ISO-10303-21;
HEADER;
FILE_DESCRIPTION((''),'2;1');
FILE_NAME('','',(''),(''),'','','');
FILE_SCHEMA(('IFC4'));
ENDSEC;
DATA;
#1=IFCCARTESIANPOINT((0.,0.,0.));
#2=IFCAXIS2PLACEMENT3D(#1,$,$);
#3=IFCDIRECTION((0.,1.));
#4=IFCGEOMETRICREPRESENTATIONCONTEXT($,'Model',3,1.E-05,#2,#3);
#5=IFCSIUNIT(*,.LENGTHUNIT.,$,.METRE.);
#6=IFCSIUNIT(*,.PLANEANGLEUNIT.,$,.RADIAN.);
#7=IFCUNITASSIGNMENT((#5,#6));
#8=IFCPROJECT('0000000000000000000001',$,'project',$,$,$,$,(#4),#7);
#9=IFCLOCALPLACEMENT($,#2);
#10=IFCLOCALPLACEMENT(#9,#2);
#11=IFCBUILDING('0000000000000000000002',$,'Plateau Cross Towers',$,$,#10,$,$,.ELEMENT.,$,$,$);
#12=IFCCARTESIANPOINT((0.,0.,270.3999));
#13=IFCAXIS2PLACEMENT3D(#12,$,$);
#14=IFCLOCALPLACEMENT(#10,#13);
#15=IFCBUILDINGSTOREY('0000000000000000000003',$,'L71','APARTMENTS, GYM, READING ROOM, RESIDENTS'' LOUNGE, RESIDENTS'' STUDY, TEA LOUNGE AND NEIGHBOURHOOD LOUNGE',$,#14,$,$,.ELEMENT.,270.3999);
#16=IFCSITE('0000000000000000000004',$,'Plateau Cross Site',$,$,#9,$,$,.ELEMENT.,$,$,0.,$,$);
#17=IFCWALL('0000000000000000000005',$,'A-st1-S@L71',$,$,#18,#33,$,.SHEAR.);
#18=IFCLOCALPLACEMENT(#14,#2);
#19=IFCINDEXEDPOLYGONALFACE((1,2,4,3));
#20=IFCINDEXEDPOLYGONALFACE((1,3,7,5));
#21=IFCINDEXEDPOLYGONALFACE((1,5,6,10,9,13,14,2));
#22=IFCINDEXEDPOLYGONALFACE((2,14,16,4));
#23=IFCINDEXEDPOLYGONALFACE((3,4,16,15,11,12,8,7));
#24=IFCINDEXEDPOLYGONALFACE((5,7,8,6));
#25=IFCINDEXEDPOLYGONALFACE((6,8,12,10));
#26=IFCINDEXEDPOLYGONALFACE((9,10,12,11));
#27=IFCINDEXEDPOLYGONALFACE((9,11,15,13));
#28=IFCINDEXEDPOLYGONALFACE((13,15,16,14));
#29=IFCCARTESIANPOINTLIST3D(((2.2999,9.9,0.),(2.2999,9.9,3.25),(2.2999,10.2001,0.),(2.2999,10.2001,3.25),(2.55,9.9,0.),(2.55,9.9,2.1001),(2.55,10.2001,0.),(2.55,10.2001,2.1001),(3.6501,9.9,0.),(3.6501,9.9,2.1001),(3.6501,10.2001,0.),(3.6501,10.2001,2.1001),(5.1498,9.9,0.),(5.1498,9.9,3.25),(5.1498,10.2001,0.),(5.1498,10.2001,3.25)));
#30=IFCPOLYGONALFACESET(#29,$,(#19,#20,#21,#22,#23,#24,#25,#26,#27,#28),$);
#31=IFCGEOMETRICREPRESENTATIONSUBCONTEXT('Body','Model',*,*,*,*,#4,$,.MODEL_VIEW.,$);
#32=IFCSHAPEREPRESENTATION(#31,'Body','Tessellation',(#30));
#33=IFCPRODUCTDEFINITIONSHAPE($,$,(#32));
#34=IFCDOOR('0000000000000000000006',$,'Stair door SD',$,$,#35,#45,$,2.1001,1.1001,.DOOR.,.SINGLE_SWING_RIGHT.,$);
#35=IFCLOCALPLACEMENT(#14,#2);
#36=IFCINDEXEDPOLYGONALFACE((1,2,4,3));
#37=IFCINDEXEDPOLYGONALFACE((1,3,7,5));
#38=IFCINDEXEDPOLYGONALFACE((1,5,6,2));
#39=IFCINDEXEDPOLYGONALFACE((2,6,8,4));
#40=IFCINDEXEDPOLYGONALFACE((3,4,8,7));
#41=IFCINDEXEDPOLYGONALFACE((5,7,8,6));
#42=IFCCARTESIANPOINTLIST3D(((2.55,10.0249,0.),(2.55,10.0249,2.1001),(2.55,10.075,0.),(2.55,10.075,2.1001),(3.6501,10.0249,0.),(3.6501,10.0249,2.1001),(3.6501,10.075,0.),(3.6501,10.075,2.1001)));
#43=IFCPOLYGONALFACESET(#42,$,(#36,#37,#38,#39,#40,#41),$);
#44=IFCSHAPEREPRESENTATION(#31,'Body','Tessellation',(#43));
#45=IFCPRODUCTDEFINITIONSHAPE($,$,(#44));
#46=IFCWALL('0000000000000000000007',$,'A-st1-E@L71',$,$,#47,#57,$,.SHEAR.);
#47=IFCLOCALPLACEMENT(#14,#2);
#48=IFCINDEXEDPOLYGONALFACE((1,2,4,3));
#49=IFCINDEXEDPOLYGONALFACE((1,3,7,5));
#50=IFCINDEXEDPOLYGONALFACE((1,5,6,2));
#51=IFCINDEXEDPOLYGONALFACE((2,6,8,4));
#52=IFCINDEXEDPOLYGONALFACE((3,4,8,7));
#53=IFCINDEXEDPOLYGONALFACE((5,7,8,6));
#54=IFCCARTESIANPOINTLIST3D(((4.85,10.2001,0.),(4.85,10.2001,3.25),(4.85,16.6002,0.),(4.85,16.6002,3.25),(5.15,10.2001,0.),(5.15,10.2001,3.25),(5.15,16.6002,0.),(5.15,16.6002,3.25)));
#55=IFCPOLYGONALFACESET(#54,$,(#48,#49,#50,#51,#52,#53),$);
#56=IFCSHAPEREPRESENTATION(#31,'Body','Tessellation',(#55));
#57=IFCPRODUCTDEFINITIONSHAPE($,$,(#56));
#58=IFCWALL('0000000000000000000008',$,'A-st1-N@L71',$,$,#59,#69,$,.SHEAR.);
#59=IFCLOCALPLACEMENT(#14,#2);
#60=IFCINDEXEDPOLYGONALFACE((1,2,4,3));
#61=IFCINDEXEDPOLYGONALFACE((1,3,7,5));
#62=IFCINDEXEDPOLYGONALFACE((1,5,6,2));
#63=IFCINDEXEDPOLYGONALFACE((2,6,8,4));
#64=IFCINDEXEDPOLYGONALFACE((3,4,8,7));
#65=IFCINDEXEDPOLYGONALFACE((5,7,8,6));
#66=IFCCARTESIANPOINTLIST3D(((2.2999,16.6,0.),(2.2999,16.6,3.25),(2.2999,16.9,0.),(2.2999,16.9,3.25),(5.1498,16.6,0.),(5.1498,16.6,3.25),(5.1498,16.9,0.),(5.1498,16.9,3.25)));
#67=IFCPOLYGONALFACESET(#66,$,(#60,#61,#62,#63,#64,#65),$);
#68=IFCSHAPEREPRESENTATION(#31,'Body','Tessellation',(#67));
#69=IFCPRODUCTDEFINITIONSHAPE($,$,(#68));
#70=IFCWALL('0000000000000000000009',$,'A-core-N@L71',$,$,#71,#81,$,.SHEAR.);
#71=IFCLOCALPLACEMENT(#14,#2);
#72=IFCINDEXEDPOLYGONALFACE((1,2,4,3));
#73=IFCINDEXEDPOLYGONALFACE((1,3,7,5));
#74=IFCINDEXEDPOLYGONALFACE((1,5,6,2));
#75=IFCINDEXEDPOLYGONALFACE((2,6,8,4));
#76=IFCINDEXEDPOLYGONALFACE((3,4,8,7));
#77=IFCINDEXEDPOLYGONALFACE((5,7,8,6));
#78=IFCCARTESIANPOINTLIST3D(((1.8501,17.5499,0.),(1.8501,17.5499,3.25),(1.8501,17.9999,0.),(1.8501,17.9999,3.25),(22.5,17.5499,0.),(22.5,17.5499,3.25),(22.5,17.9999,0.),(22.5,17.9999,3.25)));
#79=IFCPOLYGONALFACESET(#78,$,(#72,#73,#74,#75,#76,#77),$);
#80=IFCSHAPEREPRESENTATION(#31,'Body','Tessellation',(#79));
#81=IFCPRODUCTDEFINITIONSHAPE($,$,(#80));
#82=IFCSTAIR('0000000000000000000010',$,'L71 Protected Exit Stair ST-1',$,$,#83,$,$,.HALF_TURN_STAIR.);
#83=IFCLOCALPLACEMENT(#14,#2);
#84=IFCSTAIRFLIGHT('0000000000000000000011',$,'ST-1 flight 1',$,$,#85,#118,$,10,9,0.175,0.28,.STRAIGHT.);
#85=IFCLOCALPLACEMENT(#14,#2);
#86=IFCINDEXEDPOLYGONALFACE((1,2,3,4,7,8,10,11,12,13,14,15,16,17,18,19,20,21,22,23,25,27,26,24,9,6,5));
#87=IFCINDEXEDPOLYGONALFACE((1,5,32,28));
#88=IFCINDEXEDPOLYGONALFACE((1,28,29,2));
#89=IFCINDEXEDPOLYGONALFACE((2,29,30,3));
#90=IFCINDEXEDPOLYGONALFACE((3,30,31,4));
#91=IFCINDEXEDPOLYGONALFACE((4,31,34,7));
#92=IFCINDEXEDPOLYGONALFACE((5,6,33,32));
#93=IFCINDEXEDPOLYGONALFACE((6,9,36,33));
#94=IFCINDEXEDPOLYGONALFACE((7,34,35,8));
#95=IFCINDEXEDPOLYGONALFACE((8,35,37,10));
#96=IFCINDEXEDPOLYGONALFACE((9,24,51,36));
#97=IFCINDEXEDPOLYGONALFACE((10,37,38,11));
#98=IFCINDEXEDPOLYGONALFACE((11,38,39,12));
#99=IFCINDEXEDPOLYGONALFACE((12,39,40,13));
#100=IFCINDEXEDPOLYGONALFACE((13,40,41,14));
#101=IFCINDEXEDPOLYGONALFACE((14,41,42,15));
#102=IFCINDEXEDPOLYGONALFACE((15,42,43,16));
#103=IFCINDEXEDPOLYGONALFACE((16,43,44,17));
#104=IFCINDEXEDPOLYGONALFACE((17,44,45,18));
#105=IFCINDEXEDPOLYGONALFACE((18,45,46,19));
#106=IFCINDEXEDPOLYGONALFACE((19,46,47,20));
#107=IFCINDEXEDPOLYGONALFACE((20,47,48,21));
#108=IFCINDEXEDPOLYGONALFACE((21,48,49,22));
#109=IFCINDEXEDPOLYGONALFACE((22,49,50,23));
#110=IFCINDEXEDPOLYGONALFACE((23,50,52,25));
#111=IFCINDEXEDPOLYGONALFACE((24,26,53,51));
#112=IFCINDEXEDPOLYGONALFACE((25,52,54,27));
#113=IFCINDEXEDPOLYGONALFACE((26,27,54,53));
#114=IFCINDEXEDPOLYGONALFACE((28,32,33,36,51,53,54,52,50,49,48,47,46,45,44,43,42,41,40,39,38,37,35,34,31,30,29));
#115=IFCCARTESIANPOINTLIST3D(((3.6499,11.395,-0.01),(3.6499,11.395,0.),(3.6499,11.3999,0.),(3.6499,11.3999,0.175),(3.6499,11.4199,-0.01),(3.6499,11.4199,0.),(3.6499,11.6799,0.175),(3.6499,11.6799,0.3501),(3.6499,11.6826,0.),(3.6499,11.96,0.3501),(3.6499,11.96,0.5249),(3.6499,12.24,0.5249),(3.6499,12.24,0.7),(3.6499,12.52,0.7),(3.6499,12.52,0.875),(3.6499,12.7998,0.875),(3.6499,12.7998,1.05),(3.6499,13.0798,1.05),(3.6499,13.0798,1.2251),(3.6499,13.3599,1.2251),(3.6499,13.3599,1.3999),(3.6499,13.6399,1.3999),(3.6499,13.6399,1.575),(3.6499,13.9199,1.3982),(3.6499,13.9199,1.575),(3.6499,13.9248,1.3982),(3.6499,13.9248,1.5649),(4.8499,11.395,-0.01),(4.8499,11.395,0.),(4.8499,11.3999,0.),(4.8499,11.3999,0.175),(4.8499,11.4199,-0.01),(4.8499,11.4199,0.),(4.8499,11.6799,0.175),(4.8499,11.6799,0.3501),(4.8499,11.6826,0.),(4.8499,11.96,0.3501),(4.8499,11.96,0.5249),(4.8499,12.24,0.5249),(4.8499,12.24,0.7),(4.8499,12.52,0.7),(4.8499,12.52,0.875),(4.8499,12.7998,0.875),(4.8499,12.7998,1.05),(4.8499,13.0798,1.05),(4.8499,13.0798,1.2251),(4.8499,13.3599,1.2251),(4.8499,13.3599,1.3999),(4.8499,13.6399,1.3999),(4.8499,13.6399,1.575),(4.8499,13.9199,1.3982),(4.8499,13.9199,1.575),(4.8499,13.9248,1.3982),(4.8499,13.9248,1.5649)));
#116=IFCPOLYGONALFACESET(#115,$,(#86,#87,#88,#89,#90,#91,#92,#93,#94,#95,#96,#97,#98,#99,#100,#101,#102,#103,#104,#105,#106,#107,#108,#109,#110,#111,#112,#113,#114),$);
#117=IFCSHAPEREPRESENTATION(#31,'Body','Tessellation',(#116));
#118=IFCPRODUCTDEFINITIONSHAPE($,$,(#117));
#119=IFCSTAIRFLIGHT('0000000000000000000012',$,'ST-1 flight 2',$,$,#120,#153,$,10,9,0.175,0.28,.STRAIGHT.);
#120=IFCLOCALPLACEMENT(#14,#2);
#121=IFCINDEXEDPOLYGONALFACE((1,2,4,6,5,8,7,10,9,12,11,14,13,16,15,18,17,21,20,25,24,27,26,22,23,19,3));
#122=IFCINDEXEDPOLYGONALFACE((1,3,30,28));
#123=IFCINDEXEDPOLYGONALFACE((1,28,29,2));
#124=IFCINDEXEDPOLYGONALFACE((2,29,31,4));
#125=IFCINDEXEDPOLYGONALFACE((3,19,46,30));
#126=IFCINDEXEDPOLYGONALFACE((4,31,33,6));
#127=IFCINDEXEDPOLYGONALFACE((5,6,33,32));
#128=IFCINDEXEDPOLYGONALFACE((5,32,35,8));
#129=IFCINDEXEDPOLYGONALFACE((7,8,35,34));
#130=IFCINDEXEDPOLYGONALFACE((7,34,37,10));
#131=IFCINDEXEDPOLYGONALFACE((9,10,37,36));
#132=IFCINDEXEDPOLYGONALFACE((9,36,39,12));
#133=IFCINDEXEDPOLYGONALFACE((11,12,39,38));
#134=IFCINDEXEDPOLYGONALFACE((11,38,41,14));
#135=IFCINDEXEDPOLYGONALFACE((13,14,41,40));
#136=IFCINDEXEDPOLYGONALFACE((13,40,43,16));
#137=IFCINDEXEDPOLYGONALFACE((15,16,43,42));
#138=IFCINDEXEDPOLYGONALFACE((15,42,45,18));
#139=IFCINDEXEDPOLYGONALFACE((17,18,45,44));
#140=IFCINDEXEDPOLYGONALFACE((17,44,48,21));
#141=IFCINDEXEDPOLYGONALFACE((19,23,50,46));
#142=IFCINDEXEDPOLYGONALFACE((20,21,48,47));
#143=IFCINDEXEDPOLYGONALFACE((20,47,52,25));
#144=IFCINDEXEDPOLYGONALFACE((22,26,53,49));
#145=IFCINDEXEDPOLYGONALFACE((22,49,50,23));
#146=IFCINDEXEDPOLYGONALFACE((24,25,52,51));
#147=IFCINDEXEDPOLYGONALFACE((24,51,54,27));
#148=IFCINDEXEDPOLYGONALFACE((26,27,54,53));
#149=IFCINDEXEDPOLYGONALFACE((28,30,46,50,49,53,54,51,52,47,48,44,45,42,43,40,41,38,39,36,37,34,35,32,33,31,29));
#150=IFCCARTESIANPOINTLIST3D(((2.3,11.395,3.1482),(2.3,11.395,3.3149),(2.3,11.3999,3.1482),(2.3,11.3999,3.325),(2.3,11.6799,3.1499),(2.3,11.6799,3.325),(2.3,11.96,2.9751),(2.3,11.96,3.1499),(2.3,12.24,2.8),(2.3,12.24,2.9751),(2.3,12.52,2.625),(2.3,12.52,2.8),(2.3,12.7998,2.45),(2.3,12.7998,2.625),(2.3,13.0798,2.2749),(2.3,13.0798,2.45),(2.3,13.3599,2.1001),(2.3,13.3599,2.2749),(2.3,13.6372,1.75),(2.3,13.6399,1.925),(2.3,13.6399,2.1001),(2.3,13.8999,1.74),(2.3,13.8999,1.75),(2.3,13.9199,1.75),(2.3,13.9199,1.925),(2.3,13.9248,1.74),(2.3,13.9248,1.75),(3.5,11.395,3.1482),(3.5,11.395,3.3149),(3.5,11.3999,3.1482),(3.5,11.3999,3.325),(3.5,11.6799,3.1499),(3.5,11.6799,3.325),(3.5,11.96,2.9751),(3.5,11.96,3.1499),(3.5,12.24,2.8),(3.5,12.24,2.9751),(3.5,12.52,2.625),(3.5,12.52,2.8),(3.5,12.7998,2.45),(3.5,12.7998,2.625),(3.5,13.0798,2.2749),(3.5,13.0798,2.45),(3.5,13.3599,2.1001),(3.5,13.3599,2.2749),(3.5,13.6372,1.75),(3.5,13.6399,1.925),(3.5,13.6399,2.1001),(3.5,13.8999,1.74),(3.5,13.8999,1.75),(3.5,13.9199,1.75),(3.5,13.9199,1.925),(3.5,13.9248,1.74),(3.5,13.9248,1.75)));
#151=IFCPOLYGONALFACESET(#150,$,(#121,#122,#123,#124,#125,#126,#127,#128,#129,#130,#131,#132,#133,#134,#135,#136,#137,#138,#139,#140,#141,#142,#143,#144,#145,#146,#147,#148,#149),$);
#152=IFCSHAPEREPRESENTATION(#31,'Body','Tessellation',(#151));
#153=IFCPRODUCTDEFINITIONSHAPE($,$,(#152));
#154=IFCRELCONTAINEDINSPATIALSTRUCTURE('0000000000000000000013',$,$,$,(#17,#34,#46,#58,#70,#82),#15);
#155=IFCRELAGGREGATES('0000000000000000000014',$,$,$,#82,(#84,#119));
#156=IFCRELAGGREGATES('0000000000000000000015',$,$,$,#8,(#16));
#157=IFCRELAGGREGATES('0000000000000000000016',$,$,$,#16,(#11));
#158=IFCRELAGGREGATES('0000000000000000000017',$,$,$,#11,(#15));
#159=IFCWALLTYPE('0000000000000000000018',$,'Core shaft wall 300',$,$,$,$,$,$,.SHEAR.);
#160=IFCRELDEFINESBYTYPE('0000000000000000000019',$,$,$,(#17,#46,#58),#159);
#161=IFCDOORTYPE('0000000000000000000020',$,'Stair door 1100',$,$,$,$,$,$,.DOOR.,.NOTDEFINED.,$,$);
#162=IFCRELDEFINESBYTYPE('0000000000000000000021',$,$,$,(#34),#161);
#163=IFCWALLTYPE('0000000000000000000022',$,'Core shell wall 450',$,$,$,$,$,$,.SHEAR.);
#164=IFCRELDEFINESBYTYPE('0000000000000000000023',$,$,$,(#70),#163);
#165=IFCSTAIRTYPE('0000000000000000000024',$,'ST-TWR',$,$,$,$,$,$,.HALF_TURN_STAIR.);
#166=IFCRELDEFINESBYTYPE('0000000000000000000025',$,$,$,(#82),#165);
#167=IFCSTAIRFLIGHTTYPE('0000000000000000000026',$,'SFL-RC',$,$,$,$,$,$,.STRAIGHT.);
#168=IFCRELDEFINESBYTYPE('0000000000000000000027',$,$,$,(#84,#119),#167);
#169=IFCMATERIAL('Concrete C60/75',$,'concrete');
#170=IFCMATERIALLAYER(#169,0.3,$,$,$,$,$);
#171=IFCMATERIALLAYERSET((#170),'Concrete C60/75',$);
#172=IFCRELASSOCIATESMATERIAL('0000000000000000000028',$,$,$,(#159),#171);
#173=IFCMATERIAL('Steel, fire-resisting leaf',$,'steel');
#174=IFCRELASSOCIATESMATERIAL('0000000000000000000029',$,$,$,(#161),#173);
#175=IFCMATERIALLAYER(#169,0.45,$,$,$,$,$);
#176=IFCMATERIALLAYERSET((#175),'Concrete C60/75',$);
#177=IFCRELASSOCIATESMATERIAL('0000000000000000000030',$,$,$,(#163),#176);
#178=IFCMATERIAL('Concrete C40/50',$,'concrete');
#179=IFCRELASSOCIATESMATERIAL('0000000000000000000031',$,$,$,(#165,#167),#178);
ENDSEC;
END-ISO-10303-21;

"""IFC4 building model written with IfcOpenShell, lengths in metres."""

from ifc_helpers import new_model, si_unit, direction, frame, frame_2d, origin, place, context, subcontext, project, spatial, polyline, rectangle, outline, extrude, material, layer, layer_set, type_object, element, fill, aggregate, save


model = new_model("IFC4")

# Units and contexts
model_context = context("Model", 3, precision=1e-05, world=origin(), true_north=direction((0.0, 1.0)))
body_context = subcontext(model_context, "Body", "Model", "MODEL_VIEW")
ifc_project = project(units=[si_unit("LENGTHUNIT", "METRE"), si_unit("PLANEANGLEUNIT", "RADIAN")], contexts=[model_context])

# Site, building, storey
site_placement = place(None, origin())
site = spatial("IfcSite", under=ifc_project, at=site_placement, Name="Plateau Cross Site", CompositionType="ELEMENT", RefElevation=0.0)
building_placement = place(site_placement, origin())
building = spatial("IfcBuilding", under=site, at=building_placement, Name="Plateau Cross Towers", CompositionType="ELEMENT")
storey_placement = place(building_placement, frame((0.0, 0.0, 270.3999)))
storey = spatial("IfcBuildingStorey", under=building, at=storey_placement, Name="L71", Description="APARTMENTS, GYM, READING ROOM, RESIDENTS' LOUNGE, RESIDENTS' STUDY, TEA LOUNGE AND NEIGHBOURHOOD LOUNGE", CompositionType="ELEMENT", Elevation=270.3999)

# Shared definitions
ifc_material_1 = material(Name="Concrete C60/75", Category="concrete")

# Wall, opening, door
ifc_layer_1 = layer(ifc_material_1, 0.3)
ifc_layer_set_1 = layer_set([ifc_layer_1], Name="Concrete C60/75")
wall_type_1 = type_object("IfcWallType", Name="Core shaft wall 300", PredefinedType="SHEAR", material=ifc_layer_set_1)
wall_1_placement = place(storey_placement, frame((2.3, 10.05, 0.0), z_axis=(0.0, 0.0, 1.0), x_axis=(1.0, 0.0, 0.0)))
wall_1 = element("IfcWall", 1, at=wall_1_placement, inside=storey, type_object=wall_type_1, Name="A-st1-S@L71", PredefinedType="SHEAR", context=body_context, shape_type="SweptSolid", body=[
    extrude(rectangle(XDim=2.8499, YDim=0.3, at=frame_2d((1.4248, 0.0))), origin(), (0.0, 0.0, 1.0), 3.25),
])
opening_placement = place(wall_1_placement, frame((0.25, 0.0, 0.0)))
opening = element("IfcOpeningElement", 2, at=opening_placement, cuts=wall_1, PredefinedType="OPENING", context=body_context, shape_type="SweptSolid", body=[
    extrude(rectangle(XDim=1.1001, YDim=2.1001, at=frame_2d((0.55, 1.05))), frame((0.0, 0.1599, 0.0), z_axis=(0.0, -1.0, 0.0), x_axis=(1.0, 0.0, 0.0)), (0.0, 0.0, 1.0), 0.3201),
])
ifc_material_2 = material(Name="Steel, fire-resisting leaf", Category="steel")
door_type = type_object("IfcDoorType", Name="Stair door 1100", OperationType="NOTDEFINED", PredefinedType="DOOR", material=ifc_material_2)
door_placement = place(opening_placement, origin())
door = element("IfcDoor", 3, at=door_placement, inside=storey, type_object=door_type, Name="Stair door SD", OperationType="SINGLE_SWING_RIGHT", OverallHeight=2.1001, OverallWidth=1.1001, PredefinedType="DOOR", context=body_context, shape_type="SweptSolid", body=[
    extrude(rectangle(XDim=1.1001, YDim=2.1001, at=frame_2d((0.55, 1.05))), frame((0.0, 0.0249, 0.0), z_axis=(0.0, -1.0, 0.0), x_axis=(1.0, 0.0, 0.0)), (0.0, 0.0, 1.0), 0.05),
])
fill(opening, door)

# Walls
wall_2_placement = place(storey_placement, frame((5.0, 10.2, 0.0), z_axis=(0.0, 0.0, 1.0), x_axis=(0.0, 1.0, 0.0)))
element("IfcWall", 4, at=wall_2_placement, inside=storey, type_object=wall_type_1, Name="A-st1-E@L71", PredefinedType="SHEAR", context=body_context, shape_type="SweptSolid", body=[
    extrude(rectangle(XDim=6.4001, YDim=0.3, at=frame_2d((3.2002, 0.0))), origin(), (0.0, 0.0, 1.0), 3.25),
])
wall_3_placement = place(storey_placement, frame((2.3, 16.75, 0.0), z_axis=(0.0, 0.0, 1.0), x_axis=(1.0, 0.0, 0.0)))
element("IfcWall", 5, at=wall_3_placement, inside=storey, type_object=wall_type_1, Name="A-st1-N@L71", PredefinedType="SHEAR", context=body_context, shape_type="SweptSolid", body=[
    extrude(rectangle(XDim=2.8499, YDim=0.3, at=frame_2d((1.4248, 0.0))), origin(), (0.0, 0.0, 1.0), 3.25),
])
ifc_layer_2 = layer(ifc_material_1, 0.45)
ifc_layer_set_2 = layer_set([ifc_layer_2], Name="Concrete C60/75")
wall_type_2 = type_object("IfcWallType", Name="Core shell wall 450", PredefinedType="SHEAR", material=ifc_layer_set_2)
wall_4_placement = place(storey_placement, frame((1.8501, 17.7749, 0.0), z_axis=(0.0, 0.0, 1.0), x_axis=(1.0, 0.0, 0.0)))
element("IfcWall", 6, at=wall_4_placement, inside=storey, type_object=wall_type_2, Name="A-core-N@L71", PredefinedType="SHEAR", context=body_context, shape_type="SweptSolid", body=[
    extrude(rectangle(XDim=20.6499, YDim=0.45, at=frame_2d((10.325, 0.0))), origin(), (0.0, 0.0, 1.0), 3.25),
])

# Stair, stair flights
ifc_material_3 = material(Name="Concrete C40/50", Category="concrete")
stair_type = type_object("IfcStairType", Name="ST-TWR", PredefinedType="HALF_TURN_STAIR", material=ifc_material_3)
stair_placement = place(storey_placement, origin())
stair = element("IfcStair", 7, at=stair_placement, inside=storey, type_object=stair_type, Name="L71 Protected Exit Stair ST-1", PredefinedType="HALF_TURN_STAIR")
stair_flight_type = type_object("IfcStairFlightType", Name="SFL-RC", PredefinedType="STRAIGHT", material=ifc_material_3)
stair_flight_1_placement = place(storey_placement, frame((4.25, 11.3999, 0.0), z_axis=(0.0, 0.0, 1.0), x_axis=(0.0, 1.0, 0.0)))
stair_flight_1 = element("IfcStairFlight", 8, at=stair_flight_1_placement, type_object=stair_flight_type, Name="ST-1 flight 1", NumberOfRisers=10, NumberOfTreads=9, PredefinedType="STRAIGHT", RiserHeight=0.175, TreadLength=0.28, context=body_context, shape_type="SweptSolid", body=[
    extrude(outline(polyline([(-0.0049, -0.01), (-0.0049, 0.0), (0.0, 0.0), (0.0, 0.175), (0.28, 0.175), (0.28, 0.3501), (0.5601, 0.3501), (0.5601, 0.5249), (0.8401, 0.5249), (0.8401, 0.7), (1.1201, 0.7), (1.1201, 0.875), (1.3999, 0.875), (1.3999, 1.05), (1.6799, 1.05), (1.6799, 1.2251), (1.96, 1.2251), (1.96, 1.3999), (2.24, 1.3999), (2.24, 1.575), (2.52, 1.575), (2.5249, 1.5649), (2.5249, 1.3982), (2.52, 1.3982), (0.2827, 0.0), (0.02, 0.0), (0.02, -0.01), (-0.0049, -0.01)])), frame((0.0, 0.6001, 0.0), z_axis=(0.0, -1.0, 0.0), x_axis=(1.0, 0.0, 0.0)), (0.0, 0.0, 1.0), 1.2),
])
stair_flight_2_placement = place(storey_placement, frame((2.8999, 13.9199, 1.75), z_axis=(0.0, 0.0, 1.0), x_axis=(0.0, -1.0, 0.0)))
stair_flight_2 = element("IfcStairFlight", 9, at=stair_flight_2_placement, type_object=stair_flight_type, Name="ST-1 flight 2", NumberOfRisers=10, NumberOfTreads=9, PredefinedType="STRAIGHT", RiserHeight=0.175, TreadLength=0.28, context=body_context, shape_type="SweptSolid", body=[
    extrude(outline(polyline([(-0.0049, -0.01), (-0.0049, 0.0), (0.0, 0.0), (0.0, 0.175), (0.28, 0.175), (0.28, 0.3501), (0.5601, 0.3501), (0.5601, 0.5249), (0.8401, 0.5249), (0.8401, 0.7), (1.1201, 0.7), (1.1201, 0.875), (1.3999, 0.875), (1.3999, 1.05), (1.6799, 1.05), (1.6799, 1.2251), (1.96, 1.2251), (1.96, 1.3999), (2.24, 1.3999), (2.24, 1.575), (2.52, 1.575), (2.5249, 1.5649), (2.5249, 1.3982), (2.52, 1.3982), (0.2827, 0.0), (0.02, 0.0), (0.02, -0.01), (-0.0049, -0.01)])), frame((0.0, 0.6001, 0.0), z_axis=(0.0, -1.0, 0.0), x_axis=(1.0, 0.0, 0.0)), (0.0, 0.0, 1.0), 1.2),
])
aggregate(stair, [stair_flight_1, stair_flight_2])

save(model, "model.ifc")
